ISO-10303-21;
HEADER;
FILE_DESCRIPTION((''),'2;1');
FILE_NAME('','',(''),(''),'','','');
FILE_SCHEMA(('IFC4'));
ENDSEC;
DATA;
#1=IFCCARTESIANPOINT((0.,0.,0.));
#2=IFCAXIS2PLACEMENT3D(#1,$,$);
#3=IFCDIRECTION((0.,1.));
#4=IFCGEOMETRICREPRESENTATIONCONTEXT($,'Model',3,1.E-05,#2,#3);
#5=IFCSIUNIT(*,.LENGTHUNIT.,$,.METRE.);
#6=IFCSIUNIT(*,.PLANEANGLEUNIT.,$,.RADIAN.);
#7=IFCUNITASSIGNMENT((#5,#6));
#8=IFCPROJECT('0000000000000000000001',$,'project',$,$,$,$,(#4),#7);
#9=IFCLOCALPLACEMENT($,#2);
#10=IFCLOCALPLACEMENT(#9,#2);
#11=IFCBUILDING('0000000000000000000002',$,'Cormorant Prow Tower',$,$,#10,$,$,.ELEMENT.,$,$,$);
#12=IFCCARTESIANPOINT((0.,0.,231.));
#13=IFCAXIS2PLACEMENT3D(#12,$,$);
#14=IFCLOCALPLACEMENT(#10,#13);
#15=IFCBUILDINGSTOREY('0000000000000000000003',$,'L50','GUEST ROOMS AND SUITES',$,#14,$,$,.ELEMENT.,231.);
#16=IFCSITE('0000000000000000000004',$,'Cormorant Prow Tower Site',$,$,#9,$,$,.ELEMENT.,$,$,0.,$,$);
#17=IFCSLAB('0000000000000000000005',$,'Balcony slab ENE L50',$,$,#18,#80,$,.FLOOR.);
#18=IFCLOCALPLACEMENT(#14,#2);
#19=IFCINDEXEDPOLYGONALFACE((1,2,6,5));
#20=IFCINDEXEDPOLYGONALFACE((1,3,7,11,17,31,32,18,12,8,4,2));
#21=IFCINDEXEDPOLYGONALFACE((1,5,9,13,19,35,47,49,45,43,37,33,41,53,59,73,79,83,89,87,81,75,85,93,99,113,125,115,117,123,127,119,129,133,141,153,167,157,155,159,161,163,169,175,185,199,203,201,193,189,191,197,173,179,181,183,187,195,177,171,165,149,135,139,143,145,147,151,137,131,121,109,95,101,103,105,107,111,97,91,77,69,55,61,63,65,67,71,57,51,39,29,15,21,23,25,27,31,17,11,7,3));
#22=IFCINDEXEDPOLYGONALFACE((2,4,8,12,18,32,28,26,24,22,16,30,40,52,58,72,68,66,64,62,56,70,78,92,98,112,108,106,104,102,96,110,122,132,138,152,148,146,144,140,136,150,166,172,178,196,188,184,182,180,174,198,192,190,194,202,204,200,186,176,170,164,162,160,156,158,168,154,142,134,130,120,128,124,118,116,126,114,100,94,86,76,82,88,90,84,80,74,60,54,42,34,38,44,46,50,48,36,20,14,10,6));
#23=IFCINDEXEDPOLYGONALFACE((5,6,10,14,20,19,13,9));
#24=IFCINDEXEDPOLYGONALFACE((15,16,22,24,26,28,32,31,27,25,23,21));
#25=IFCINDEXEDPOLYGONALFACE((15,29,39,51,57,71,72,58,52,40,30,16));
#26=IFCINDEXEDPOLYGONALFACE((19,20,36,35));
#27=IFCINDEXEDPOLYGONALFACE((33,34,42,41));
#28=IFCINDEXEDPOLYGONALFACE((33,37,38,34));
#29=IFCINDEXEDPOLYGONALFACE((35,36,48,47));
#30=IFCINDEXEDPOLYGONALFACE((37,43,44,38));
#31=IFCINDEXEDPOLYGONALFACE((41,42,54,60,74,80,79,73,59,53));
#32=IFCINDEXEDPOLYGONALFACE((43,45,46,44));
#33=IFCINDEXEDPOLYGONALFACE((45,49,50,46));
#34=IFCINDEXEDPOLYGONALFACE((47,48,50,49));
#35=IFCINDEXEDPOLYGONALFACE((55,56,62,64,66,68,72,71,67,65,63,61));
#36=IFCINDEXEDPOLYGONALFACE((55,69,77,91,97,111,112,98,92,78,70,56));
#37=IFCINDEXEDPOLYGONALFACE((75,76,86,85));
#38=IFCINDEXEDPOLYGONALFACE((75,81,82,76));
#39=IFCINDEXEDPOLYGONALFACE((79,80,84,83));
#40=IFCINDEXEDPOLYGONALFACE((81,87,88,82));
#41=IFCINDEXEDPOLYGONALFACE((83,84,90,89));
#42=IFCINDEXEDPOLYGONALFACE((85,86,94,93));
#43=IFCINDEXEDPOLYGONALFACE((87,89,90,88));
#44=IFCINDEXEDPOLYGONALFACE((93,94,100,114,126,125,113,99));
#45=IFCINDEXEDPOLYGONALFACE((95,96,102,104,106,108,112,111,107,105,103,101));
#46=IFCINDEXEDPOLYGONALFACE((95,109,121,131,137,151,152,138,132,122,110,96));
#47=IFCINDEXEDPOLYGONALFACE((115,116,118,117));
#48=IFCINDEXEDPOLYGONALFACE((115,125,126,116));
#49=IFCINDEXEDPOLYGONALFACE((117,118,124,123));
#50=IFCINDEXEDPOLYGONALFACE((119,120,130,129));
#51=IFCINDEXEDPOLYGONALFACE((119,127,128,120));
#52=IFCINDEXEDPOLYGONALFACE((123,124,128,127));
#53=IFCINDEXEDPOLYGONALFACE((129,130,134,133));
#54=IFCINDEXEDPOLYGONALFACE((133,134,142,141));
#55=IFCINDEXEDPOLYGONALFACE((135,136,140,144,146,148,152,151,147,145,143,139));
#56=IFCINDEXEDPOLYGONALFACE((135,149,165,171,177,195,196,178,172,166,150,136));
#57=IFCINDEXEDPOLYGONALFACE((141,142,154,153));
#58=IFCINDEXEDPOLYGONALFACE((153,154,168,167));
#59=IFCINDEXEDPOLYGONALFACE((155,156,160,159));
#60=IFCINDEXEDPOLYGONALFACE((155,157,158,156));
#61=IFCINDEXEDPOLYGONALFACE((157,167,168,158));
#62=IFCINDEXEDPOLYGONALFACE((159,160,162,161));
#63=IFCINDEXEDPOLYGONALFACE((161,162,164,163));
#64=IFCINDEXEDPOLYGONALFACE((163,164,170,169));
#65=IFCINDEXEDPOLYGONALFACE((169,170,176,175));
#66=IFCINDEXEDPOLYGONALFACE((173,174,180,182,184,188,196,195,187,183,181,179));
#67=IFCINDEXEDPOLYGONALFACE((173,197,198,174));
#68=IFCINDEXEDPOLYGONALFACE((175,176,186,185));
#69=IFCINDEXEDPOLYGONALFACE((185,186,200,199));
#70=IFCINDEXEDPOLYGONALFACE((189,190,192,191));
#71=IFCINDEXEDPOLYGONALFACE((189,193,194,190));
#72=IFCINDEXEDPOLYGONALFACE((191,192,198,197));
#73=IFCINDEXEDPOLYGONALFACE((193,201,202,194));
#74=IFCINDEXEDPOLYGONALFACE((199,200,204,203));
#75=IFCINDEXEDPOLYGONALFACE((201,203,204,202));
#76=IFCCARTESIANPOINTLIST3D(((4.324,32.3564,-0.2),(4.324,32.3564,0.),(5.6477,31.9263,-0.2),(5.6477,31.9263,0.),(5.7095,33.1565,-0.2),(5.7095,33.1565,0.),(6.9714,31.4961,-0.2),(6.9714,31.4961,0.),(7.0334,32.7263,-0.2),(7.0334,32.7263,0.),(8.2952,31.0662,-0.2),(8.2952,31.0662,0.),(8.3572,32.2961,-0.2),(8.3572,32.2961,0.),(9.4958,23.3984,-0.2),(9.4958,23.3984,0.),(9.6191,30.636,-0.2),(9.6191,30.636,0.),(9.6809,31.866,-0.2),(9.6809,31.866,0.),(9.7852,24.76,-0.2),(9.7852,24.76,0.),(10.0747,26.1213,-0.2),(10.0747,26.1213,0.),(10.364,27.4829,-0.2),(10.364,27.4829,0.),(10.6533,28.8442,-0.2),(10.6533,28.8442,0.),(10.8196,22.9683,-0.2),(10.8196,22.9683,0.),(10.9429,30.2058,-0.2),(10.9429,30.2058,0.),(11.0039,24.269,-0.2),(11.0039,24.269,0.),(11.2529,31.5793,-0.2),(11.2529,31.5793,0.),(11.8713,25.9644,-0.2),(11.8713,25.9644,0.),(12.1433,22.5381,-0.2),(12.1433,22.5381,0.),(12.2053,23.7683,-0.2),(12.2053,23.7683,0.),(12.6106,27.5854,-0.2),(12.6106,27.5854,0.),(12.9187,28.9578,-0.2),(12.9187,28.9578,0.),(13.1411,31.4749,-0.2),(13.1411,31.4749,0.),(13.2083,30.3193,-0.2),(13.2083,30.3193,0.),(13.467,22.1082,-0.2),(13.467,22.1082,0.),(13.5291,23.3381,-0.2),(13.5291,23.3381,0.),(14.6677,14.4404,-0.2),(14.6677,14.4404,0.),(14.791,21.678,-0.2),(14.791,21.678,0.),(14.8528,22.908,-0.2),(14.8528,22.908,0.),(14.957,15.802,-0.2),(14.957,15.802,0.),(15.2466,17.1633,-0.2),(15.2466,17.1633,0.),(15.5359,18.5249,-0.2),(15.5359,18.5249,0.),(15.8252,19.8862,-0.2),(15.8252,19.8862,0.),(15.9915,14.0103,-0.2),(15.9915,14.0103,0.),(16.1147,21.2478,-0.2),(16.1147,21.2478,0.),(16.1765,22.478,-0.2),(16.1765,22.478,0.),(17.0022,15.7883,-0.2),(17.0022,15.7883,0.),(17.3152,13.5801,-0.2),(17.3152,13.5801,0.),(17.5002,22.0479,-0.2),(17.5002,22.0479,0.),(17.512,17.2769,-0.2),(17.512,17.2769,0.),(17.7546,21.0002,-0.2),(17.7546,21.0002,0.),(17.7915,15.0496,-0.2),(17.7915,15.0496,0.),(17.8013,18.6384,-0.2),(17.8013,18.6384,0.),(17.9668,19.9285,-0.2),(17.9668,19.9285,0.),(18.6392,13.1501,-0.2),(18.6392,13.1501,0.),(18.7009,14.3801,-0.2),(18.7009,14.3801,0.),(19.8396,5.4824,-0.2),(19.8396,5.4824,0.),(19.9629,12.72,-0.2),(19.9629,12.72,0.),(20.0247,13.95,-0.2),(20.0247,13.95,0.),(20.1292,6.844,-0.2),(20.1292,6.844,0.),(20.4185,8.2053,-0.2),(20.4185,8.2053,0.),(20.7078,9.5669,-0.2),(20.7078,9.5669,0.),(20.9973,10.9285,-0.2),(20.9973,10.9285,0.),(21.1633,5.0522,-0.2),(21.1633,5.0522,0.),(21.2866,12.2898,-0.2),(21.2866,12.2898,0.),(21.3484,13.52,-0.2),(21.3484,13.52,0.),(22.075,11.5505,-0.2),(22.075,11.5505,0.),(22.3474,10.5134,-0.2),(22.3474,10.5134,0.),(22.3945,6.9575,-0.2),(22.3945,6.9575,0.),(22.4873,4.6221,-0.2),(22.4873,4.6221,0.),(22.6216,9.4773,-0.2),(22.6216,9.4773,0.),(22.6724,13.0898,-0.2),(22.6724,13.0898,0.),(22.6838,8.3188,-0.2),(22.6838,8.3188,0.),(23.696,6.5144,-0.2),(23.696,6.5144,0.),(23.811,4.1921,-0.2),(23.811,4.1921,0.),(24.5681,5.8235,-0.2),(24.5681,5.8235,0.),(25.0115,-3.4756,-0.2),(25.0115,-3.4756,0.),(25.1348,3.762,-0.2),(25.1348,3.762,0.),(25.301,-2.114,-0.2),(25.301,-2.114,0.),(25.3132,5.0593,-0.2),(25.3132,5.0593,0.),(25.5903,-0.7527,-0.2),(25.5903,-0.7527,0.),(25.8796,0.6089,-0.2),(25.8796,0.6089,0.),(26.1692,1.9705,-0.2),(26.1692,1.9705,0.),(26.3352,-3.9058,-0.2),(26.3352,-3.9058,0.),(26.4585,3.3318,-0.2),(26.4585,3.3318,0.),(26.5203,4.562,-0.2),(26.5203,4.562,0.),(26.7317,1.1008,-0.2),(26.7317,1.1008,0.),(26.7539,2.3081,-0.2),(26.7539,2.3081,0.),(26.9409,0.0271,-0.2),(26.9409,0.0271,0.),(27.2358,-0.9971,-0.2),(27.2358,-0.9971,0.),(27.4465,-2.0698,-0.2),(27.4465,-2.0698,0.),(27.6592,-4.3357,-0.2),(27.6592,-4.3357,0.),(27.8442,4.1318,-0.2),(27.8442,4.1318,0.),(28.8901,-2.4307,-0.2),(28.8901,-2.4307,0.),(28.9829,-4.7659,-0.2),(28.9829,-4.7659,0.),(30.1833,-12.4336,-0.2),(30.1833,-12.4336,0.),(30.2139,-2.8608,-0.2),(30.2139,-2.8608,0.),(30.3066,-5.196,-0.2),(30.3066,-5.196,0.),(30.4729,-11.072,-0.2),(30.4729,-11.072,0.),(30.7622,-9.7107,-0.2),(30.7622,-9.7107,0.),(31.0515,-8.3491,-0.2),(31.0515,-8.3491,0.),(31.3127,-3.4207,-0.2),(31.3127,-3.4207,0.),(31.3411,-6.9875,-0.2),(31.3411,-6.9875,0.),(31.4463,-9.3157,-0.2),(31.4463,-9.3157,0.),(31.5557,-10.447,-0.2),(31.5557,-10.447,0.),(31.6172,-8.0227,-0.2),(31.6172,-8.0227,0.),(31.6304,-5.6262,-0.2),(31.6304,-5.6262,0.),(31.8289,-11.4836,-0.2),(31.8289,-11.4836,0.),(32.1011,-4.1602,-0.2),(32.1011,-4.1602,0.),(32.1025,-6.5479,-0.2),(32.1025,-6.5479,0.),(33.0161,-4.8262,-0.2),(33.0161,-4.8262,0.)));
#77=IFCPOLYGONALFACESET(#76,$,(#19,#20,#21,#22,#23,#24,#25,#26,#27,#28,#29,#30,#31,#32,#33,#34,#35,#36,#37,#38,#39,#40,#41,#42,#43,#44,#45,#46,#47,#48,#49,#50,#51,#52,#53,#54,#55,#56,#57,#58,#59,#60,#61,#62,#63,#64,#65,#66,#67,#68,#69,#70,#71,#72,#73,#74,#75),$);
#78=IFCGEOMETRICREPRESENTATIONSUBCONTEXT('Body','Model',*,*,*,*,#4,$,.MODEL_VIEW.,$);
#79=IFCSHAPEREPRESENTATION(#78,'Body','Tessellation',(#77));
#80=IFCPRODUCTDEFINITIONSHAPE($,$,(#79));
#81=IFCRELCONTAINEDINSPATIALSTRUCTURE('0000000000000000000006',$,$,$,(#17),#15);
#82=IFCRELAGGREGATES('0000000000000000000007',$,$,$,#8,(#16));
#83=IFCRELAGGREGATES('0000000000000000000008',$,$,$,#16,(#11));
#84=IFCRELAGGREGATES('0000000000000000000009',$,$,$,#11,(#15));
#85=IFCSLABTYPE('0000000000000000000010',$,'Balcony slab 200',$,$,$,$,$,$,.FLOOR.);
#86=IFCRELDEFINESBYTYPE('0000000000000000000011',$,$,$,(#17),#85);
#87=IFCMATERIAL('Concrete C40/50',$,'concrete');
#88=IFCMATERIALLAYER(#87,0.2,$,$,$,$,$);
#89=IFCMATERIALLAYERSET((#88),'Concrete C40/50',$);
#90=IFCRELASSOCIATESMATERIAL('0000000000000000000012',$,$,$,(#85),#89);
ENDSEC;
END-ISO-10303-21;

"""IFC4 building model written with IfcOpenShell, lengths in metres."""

from ifc_helpers import new_model, si_unit, direction, frame, origin, place, context, subcontext, project, spatial, polyline, outline, extrude, material, layer, layer_set, type_object, element, save


model = new_model("IFC4")

# Units and contexts
model_context = context("Model", 3, precision=1e-05, world=origin(), true_north=direction((0.0, 1.0)))
body_context = subcontext(model_context, "Body", "Model", "MODEL_VIEW")
ifc_project = project(units=[si_unit("LENGTHUNIT", "METRE"), si_unit("PLANEANGLEUNIT", "RADIAN")], contexts=[model_context])

# Site, building, storey
site_placement = place(None, origin())
site = spatial("IfcSite", under=ifc_project, at=site_placement, Name="Cormorant Prow Tower Site", CompositionType="ELEMENT", RefElevation=0.0)
building_placement = place(site_placement, origin())
building = spatial("IfcBuilding", under=site, at=building_placement, Name="Cormorant Prow Tower", CompositionType="ELEMENT")
storey_placement = place(building_placement, frame((0.0, 0.0, 231.0)))
storey = spatial("IfcBuildingStorey", under=building, at=storey_placement, Name="L50", Description="GUEST ROOMS AND SUITES", CompositionType="ELEMENT", Elevation=231.0)

# Slab
ifc_material_1 = material(Name="Concrete C40/50", Category="concrete")
ifc_layer_1 = layer(ifc_material_1, 0.2)
ifc_layer_set_1 = layer_set([ifc_layer_1], Name="Concrete C40/50")
slab_type_1 = type_object("IfcSlabType", Name="Balcony slab 200", PredefinedType="FLOOR", material=ifc_layer_set_1)
slab_1_placement = place(storey_placement, frame((0.0, 0.0, -0.2)))
element("IfcSlab", 1, at=slab_1_placement, inside=storey, type_object=slab_type_1, Name="Balcony slab ENE L50", PredefinedType="FLOOR", context=body_context, shape_type="SweptSolid", body=[
    extrude(outline(polyline([(30.1833, -12.4336), (31.8289, -11.4836), (31.5557, -10.447), (31.4463, -9.3157), (31.6172, -8.0227), (32.1025, -6.5479), (33.0161, -4.8262), (32.1011, -4.1602), (31.3127, -3.4207), (30.2139, -2.8608), (28.8901, -2.4307), (27.4465, -2.0698), (27.2358, -0.9971), (26.9409, 0.0271), (26.7317, 1.1008), (26.7539, 2.3081), (27.8442, 4.1318), (26.5203, 4.562), (25.3132, 5.0593), (24.5681, 5.8235), (23.696, 6.5144), (22.3945, 6.9575), (22.6838, 8.3188), (22.6216, 9.4773), (22.3474, 10.5134), (22.075, 11.5505), (22.6724, 13.0898), (21.3484, 13.52), (20.0247, 13.95), (18.7009, 14.3801), (17.7915, 15.0496), (17.0022, 15.7883), (17.512, 17.2769), (17.8013, 18.6384), (17.9668, 19.9285), (17.7546, 21.0002), (17.5002, 22.0479), (16.1765, 22.478), (14.8528, 22.908), (13.5291, 23.3381), (12.2053, 23.7683), (11.0039, 24.269), (11.8713, 25.9644), (12.6106, 27.5854), (12.9187, 28.9578), (13.2083, 30.3193), (13.1411, 31.4749), (11.2529, 31.5793), (9.6809, 31.866), (8.3572, 32.2961), (7.0334, 32.7263), (5.7095, 33.1565), (4.324, 32.3564), (5.6477, 31.9263), (6.9714, 31.4961), (8.2952, 31.0662), (9.6191, 30.636), (10.9429, 30.2058), (10.6533, 28.8442), (10.364, 27.4829), (10.0747, 26.1213), (9.7852, 24.76), (9.4958, 23.3984), (10.8196, 22.9683), (12.1433, 22.5381), (13.467, 22.1082), (14.791, 21.678), (16.1147, 21.2478), (15.8252, 19.8862), (15.5359, 18.5249), (15.2466, 17.1633), (14.957, 15.802), (14.6677, 14.4404), (15.9915, 14.0103), (17.3152, 13.5801), (18.6392, 13.1501), (19.9629, 12.72), (21.2866, 12.2898), (20.9973, 10.9285), (20.7078, 9.5669), (20.4185, 8.2053), (20.1292, 6.844), (19.8396, 5.4824), (21.1633, 5.0522), (22.4873, 4.6221), (23.811, 4.1921), (25.1348, 3.762), (26.4585, 3.3318), (26.1692, 1.9705), (25.8796, 0.6089), (25.5903, -0.7527), (25.301, -2.114), (25.0115, -3.4756), (26.3352, -3.9058), (27.6592, -4.3357), (28.9829, -4.7659), (30.3066, -5.196), (31.6304, -5.6262), (31.3411, -6.9875), (31.0515, -8.3491), (30.7622, -9.7107), (30.4729, -11.072), (30.1833, -12.4336)])), origin(), (0.0, 0.0, 1.0), 0.2),
])

save(model, "model.ifc")
